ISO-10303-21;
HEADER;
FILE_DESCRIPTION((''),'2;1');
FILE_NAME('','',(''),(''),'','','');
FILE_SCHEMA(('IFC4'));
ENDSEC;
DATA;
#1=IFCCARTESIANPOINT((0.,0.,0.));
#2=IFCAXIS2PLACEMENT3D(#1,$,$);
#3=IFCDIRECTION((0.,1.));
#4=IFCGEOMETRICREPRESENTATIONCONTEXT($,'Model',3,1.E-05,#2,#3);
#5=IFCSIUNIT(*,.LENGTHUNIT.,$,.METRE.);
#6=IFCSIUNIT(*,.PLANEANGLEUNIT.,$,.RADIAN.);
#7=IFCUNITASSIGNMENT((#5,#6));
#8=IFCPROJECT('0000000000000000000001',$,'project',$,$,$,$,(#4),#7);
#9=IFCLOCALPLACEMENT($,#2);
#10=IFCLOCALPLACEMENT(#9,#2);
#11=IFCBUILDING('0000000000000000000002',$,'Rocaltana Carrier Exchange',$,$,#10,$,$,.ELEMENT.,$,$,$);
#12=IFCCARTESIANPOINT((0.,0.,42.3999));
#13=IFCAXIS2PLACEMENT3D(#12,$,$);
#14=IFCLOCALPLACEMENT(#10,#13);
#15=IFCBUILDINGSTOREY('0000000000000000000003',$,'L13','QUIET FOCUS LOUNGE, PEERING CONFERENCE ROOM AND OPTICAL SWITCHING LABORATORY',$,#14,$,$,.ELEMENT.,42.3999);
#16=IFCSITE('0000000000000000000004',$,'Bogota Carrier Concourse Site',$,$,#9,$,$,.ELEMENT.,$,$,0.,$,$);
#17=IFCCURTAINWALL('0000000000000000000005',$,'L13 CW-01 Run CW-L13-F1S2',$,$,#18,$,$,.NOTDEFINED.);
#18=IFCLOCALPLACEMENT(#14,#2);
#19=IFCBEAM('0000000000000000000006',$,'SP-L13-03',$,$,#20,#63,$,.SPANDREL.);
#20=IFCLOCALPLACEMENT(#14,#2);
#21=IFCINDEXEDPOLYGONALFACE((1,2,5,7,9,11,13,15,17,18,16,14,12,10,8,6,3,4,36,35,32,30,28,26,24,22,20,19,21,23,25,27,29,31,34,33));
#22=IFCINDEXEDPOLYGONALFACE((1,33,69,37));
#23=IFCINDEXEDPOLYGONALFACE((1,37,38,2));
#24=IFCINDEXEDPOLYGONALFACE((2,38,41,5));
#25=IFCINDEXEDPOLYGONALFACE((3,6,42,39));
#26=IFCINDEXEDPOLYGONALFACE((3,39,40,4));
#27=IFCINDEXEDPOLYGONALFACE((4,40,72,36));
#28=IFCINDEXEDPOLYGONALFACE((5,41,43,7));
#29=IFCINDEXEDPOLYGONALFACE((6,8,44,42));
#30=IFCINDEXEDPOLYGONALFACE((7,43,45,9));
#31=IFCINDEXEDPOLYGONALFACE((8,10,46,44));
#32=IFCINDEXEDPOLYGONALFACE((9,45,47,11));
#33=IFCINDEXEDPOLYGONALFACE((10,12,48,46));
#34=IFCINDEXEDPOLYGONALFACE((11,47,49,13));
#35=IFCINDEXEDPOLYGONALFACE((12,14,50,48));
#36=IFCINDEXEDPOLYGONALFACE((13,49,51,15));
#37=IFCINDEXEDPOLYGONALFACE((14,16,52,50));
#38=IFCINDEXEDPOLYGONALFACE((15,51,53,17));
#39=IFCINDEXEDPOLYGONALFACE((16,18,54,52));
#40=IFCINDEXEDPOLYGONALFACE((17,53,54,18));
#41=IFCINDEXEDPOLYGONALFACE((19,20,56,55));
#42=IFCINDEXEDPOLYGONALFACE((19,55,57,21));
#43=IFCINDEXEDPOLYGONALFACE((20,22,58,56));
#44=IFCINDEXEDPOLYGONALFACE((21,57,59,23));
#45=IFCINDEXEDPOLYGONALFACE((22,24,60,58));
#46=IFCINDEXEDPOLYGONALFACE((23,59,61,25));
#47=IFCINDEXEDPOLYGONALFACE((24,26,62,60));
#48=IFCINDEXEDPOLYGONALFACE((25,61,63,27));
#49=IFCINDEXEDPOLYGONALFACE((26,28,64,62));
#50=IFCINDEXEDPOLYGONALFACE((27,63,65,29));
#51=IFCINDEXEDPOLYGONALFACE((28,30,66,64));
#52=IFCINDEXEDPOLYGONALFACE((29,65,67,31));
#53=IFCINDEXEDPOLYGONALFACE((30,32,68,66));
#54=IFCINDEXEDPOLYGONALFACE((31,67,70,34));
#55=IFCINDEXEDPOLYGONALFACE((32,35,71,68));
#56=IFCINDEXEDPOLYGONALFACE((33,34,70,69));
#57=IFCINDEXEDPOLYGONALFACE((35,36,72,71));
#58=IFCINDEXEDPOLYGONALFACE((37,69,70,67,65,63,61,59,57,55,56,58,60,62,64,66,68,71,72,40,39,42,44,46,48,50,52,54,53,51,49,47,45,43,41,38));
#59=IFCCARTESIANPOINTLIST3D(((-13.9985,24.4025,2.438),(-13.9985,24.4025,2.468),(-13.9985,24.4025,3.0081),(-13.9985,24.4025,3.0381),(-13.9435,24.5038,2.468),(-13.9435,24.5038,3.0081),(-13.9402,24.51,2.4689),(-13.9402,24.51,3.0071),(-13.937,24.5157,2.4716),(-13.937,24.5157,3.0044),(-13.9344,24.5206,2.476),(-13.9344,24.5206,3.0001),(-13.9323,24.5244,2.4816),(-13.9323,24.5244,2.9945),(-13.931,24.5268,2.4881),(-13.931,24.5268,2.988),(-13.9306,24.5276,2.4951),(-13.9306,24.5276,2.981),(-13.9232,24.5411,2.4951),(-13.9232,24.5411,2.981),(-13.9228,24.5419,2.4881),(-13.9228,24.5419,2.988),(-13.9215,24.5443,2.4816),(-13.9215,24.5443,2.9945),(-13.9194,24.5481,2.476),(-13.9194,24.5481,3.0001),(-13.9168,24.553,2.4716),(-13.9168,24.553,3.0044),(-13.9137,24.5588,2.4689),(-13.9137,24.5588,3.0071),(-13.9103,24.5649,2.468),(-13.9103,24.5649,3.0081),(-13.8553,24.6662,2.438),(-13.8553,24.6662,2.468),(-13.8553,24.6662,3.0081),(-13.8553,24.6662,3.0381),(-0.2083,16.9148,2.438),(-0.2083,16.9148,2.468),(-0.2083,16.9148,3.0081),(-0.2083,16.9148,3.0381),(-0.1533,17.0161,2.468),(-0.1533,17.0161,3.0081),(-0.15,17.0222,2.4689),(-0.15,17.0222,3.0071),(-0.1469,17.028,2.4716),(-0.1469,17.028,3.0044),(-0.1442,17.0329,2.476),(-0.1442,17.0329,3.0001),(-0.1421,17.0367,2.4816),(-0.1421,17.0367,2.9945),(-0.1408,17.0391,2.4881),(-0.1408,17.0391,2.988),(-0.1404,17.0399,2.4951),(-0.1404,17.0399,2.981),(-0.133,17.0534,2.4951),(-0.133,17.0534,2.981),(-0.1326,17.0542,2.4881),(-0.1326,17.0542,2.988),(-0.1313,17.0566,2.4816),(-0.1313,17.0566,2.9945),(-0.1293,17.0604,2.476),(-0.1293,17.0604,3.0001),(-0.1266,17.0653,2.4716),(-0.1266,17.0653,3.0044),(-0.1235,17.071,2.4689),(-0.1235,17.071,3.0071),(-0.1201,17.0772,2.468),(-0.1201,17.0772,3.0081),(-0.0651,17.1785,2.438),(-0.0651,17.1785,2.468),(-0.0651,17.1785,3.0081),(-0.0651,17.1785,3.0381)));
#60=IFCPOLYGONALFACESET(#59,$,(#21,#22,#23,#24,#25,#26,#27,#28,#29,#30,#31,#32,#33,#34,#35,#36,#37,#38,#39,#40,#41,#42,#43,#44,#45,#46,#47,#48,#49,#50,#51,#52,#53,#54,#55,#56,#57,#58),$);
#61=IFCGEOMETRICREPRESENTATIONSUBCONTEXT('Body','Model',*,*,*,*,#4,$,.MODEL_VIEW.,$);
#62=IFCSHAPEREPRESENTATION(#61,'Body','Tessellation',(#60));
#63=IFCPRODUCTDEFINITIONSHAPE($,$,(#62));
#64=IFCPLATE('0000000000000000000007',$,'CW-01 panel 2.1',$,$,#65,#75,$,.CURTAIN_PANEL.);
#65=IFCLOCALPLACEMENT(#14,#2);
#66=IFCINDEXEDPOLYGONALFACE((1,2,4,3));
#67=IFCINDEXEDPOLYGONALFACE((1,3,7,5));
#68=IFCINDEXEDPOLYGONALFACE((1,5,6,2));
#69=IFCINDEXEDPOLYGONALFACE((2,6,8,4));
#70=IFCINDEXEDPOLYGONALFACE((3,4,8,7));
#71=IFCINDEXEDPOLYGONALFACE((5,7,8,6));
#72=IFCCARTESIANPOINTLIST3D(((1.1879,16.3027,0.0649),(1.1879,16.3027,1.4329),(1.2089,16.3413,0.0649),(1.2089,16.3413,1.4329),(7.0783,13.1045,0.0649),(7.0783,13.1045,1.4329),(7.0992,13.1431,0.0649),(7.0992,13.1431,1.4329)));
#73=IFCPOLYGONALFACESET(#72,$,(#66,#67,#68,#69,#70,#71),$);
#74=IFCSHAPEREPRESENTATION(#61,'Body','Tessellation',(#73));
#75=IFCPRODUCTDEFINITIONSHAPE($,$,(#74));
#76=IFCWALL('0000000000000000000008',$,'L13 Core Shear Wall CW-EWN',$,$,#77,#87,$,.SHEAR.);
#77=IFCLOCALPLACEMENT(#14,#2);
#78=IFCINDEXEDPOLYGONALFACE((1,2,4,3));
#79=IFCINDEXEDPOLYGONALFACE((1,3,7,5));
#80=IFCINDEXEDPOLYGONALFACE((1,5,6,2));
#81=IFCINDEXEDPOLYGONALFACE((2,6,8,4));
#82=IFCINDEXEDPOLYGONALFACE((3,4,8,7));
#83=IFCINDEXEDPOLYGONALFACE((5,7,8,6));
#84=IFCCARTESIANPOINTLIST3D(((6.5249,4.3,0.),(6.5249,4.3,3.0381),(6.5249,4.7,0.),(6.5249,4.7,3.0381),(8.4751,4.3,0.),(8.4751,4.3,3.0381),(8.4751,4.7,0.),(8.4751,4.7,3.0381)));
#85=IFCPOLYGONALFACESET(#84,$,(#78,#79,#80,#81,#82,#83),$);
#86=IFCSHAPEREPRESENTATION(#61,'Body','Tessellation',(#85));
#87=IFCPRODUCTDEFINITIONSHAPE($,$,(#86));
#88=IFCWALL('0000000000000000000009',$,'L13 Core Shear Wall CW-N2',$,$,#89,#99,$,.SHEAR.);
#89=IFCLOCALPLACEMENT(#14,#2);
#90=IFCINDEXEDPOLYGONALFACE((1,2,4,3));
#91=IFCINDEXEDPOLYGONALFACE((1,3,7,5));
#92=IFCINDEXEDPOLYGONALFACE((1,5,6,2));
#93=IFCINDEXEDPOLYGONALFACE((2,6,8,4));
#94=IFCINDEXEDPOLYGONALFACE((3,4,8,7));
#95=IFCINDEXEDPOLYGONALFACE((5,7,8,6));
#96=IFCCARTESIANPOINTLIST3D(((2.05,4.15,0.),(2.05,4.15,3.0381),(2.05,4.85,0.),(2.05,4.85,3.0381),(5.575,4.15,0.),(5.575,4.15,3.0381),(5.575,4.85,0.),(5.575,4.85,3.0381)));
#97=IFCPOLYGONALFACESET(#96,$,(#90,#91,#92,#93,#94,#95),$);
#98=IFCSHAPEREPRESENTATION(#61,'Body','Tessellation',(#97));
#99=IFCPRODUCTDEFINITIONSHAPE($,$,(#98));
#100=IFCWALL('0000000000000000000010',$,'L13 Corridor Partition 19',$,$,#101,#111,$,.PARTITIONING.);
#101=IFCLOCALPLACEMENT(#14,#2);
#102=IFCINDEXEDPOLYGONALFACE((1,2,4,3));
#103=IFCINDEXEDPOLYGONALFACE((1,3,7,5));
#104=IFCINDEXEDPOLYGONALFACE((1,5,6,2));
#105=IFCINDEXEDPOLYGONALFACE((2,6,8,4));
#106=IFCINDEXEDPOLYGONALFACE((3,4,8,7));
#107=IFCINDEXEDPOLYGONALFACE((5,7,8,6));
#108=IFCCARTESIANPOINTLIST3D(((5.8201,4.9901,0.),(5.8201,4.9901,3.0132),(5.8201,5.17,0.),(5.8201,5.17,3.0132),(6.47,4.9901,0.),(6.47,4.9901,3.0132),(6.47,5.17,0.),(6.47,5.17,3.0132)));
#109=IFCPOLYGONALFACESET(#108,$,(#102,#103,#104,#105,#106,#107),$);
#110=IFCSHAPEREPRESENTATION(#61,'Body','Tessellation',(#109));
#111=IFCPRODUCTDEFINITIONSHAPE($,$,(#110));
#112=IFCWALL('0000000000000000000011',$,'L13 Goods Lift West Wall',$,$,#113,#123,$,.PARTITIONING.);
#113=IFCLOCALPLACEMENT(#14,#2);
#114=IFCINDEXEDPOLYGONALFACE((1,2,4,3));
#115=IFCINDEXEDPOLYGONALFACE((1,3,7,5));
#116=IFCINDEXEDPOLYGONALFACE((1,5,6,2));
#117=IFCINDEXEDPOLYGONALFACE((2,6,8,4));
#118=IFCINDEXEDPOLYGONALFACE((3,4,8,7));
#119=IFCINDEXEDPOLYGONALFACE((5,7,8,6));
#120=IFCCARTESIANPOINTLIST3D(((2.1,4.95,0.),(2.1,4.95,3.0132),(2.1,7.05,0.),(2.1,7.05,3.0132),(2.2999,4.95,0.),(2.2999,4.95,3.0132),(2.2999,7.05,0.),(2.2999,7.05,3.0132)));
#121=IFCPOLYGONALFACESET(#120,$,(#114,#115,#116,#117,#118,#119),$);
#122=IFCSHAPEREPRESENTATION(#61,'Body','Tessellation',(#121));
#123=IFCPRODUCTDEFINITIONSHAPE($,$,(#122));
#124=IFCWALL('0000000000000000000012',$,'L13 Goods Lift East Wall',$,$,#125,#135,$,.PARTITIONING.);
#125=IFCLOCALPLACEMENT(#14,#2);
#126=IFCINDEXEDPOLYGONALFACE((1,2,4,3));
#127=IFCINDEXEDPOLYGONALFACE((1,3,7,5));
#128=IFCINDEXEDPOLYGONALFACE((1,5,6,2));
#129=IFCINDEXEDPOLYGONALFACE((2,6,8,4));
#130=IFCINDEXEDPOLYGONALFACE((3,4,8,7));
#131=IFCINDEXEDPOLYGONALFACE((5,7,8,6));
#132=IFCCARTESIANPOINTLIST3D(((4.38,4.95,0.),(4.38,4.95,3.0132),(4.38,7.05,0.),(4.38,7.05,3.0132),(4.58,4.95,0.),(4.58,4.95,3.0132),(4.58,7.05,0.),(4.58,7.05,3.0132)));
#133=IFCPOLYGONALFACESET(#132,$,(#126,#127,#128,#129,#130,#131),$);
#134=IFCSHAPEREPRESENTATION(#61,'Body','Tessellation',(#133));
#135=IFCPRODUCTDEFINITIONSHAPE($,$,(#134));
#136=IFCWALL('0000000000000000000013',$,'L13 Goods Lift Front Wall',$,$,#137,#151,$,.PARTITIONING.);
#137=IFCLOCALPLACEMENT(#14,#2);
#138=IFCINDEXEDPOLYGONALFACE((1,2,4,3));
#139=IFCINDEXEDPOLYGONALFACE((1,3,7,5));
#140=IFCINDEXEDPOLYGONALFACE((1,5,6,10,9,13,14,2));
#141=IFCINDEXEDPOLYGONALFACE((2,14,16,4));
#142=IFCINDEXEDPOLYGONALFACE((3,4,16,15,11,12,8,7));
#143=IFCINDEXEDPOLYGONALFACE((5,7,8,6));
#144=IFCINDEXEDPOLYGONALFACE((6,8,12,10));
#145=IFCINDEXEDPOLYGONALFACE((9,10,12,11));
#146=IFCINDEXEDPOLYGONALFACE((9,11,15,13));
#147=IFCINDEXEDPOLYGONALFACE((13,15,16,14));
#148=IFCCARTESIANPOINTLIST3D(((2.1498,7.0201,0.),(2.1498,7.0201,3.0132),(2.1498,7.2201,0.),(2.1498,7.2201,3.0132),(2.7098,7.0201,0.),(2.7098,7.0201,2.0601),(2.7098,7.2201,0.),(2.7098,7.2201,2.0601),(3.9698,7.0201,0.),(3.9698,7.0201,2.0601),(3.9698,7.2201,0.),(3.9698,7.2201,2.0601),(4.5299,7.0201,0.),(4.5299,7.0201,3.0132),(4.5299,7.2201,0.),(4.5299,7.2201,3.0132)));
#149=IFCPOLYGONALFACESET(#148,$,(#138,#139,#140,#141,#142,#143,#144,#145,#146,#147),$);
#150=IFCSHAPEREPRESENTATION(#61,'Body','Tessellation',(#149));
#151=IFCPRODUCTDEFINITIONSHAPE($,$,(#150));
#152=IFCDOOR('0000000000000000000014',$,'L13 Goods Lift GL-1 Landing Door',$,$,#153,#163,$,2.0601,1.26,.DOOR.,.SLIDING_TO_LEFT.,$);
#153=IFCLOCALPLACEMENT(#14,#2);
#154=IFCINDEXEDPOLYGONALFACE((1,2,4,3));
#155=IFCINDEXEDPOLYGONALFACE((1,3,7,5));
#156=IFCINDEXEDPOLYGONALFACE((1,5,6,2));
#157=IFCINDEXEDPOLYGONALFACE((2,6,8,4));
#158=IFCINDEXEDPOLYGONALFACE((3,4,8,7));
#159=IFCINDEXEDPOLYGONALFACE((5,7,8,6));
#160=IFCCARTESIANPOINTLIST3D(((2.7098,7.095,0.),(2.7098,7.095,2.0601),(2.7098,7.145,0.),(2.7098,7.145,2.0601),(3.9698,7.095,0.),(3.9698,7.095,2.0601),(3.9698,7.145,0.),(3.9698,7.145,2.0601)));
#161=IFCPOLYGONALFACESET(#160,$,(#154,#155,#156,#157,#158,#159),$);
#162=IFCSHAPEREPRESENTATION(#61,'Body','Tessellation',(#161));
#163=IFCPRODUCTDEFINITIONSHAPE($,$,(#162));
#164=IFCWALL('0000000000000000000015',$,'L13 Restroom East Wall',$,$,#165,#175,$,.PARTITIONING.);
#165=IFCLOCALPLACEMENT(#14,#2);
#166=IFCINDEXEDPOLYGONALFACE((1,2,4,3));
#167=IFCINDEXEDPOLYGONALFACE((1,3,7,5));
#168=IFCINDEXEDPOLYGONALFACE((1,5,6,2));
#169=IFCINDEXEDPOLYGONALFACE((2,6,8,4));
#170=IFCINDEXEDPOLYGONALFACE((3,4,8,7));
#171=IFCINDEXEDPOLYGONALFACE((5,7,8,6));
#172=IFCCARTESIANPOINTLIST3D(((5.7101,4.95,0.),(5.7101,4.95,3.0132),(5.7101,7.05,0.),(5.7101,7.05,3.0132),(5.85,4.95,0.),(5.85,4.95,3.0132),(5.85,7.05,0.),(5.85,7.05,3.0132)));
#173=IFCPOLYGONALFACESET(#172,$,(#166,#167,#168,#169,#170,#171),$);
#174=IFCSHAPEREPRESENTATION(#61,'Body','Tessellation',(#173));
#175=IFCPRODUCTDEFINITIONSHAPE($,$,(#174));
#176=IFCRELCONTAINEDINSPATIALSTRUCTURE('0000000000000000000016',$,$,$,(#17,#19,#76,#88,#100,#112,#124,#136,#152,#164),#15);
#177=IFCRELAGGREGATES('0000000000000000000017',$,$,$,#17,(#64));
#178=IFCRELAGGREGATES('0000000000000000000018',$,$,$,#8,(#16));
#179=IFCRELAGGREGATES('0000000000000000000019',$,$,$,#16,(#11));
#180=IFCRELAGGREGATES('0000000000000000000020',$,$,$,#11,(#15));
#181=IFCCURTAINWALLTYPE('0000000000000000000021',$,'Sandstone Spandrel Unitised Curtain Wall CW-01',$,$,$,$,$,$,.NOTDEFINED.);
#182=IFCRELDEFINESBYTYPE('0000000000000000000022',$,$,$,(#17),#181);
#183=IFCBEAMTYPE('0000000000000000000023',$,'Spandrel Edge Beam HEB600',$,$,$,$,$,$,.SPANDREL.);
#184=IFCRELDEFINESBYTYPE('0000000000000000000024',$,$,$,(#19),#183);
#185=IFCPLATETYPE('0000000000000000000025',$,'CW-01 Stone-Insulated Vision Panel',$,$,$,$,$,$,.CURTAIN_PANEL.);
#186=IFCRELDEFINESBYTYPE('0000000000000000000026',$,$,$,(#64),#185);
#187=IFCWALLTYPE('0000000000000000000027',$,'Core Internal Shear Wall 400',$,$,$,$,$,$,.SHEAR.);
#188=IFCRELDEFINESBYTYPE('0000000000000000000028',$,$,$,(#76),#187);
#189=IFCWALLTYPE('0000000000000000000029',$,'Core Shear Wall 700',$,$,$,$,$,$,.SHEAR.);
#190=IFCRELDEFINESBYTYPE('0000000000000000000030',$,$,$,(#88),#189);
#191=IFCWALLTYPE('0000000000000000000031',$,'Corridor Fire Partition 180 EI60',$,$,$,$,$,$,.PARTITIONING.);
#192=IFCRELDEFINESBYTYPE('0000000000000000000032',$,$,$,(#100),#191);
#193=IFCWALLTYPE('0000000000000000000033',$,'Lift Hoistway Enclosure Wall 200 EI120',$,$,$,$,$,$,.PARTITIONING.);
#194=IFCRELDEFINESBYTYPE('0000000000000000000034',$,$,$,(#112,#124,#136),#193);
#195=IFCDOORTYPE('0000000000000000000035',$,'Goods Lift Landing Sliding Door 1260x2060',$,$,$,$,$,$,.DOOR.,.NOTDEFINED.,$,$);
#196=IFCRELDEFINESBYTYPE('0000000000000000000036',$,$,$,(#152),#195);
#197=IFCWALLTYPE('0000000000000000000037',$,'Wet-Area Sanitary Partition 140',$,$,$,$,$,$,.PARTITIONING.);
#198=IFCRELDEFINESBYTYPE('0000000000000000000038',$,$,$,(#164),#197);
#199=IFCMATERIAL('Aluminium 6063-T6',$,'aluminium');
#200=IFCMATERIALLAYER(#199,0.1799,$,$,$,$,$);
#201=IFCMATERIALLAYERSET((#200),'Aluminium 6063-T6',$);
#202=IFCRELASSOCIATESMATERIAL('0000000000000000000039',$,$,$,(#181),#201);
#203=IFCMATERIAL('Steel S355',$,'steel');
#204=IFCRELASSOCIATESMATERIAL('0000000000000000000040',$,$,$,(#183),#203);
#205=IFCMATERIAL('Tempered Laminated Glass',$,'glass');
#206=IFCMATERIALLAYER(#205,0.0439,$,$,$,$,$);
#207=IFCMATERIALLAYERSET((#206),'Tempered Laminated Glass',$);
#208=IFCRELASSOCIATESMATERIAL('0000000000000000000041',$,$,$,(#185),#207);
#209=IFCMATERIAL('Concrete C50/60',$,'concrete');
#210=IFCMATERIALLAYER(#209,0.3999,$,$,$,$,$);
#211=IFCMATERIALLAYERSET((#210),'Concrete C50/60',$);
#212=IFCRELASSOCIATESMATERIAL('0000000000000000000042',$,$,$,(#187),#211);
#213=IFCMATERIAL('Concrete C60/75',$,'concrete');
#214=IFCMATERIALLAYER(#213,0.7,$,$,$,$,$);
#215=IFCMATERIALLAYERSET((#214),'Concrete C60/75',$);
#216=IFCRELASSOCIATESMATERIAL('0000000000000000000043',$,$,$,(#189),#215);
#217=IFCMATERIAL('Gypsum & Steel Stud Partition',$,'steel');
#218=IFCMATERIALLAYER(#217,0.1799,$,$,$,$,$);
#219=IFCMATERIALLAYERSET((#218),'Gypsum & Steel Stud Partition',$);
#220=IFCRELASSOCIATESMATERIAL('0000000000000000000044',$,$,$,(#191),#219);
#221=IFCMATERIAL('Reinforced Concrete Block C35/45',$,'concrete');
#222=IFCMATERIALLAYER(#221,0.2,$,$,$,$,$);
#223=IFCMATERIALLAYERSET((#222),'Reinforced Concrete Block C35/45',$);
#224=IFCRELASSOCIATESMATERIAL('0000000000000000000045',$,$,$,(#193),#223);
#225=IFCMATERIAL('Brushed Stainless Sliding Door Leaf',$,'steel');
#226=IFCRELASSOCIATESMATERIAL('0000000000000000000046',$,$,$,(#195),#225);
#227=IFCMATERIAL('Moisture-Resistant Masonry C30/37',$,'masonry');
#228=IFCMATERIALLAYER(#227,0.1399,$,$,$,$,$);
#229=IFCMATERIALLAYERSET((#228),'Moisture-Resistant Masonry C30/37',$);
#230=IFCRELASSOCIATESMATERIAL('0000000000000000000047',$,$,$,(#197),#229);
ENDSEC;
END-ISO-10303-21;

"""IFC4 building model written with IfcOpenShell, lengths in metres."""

from ifc_helpers import new_model, si_unit, direction, frame, frame_2d, origin, origin_2d, place, context, subcontext, project, spatial, rectangle, i_section, extrude, material, layer, layer_set, material_profile, profile_set, type_object, element, fill, aggregate, save


model = new_model("IFC4")

# Units and contexts
model_context = context("Model", 3, precision=1e-05, world=origin(), true_north=direction((0.0, 1.0)))
body_context = subcontext(model_context, "Body", "Model", "MODEL_VIEW")
ifc_project = project(units=[si_unit("LENGTHUNIT", "METRE"), si_unit("PLANEANGLEUNIT", "RADIAN")], contexts=[model_context])

# Site, building, storey
site_placement = place(None, origin())
site = spatial("IfcSite", under=ifc_project, at=site_placement, Name="Bogota Carrier Concourse Site", CompositionType="ELEMENT", RefElevation=0.0)
building_placement = place(site_placement, origin())
building = spatial("IfcBuilding", under=site, at=building_placement, Name="Rocaltana Carrier Exchange", CompositionType="ELEMENT")
storey_placement = place(building_placement, frame((0.0, 0.0, 42.3999)))
storey = spatial("IfcBuildingStorey", under=building, at=storey_placement, Name="L13", Description="QUIET FOCUS LOUNGE, PEERING CONFERENCE ROOM AND OPTICAL SWITCHING LABORATORY", CompositionType="ELEMENT", Elevation=42.3999)

# Curtain wall
ifc_material_1 = material(Name="Aluminium 6063-T6", Category="aluminium")
ifc_layer_1 = layer(ifc_material_1, 0.1799)
ifc_layer_set_1 = layer_set([ifc_layer_1], Name="Aluminium 6063-T6")
curtain_wall_type = type_object("IfcCurtainWallType", Name="Sandstone Spandrel Unitised Curtain Wall CW-01", PredefinedType="NOTDEFINED", material=ifc_layer_set_1)
curtain_wall_placement = place(storey_placement, origin())
curtain_wall = element("IfcCurtainWall", 1, at=curtain_wall_placement, inside=storey, type_object=curtain_wall_type, Name="L13 CW-01 Run CW-L13-F1S2", PredefinedType="NOTDEFINED")

# Beam
ifc_material_2 = material(Name="Steel S355", Category="steel")
ifc_material_profile_1 = material_profile(ifc_material_2, i_section(OverallWidth=0.3, OverallDepth=0.6001, WebThickness=0.0154, FlangeThickness=0.03, FilletRadius=0.0271, at=origin_2d()), Name="HEB600")
ifc_profile_set_1 = profile_set([ifc_material_profile_1], Name="Steel S355")
beam_type_1 = type_object("IfcBeamType", Name="Spandrel Edge Beam HEB600", PredefinedType="SPANDREL", material=ifc_profile_set_1)
beam_1_placement = place(storey_placement, frame((-0.1367, 17.0466, 2.738), z_axis=(-0.87881, 0.477173, 0.0), x_axis=(-0.477173, -0.87881, 0.0)))
element("IfcBeam", 2, at=beam_1_placement, inside=storey, type_object=beam_type_1, Name="SP-L13-03", PredefinedType="SPANDREL", context=body_context, shape_type="SweptSolid", body=[
    extrude(i_section(OverallWidth=0.3, OverallDepth=0.6001, WebThickness=0.0154, FlangeThickness=0.03, FilletRadius=0.0271, at=origin_2d()), origin(), (0.0, 0.0, 1.0), 15.6919),
])

# Plate
ifc_material_3 = material(Name="Tempered Laminated Glass", Category="glass")
ifc_layer_2 = layer(ifc_material_3, 0.0439)
ifc_layer_set_2 = layer_set([ifc_layer_2], Name="Tempered Laminated Glass")
plate_type = type_object("IfcPlateType", Name="CW-01 Stone-Insulated Vision Panel", PredefinedType="CURTAIN_PANEL", material=ifc_layer_set_2)
plate_placement = place(storey_placement, frame((4.1436, 14.7229, 0.0649), z_axis=(0.0, 0.0, 1.0), x_axis=(-0.878814, 0.477164, 0.0)))
plate = element("IfcPlate", 3, at=plate_placement, type_object=plate_type, Name="CW-01 panel 2.1", PredefinedType="CURTAIN_PANEL", context=body_context, shape_type="SweptSolid", body=[
    extrude(rectangle(XDim=6.7026, YDim=0.0439, at=origin_2d()), origin(), (0.0, 0.0, 1.0), 1.3679),
])
aggregate(curtain_wall, [plate])

# Walls
ifc_material_4 = material(Name="Concrete C50/60", Category="concrete")
ifc_layer_3 = layer(ifc_material_4, 0.3999)
ifc_layer_set_3 = layer_set([ifc_layer_3], Name="Concrete C50/60")
wall_type_1 = type_object("IfcWallType", Name="Core Internal Shear Wall 400", PredefinedType="SHEAR", material=ifc_layer_set_3)
wall_1_placement = place(storey_placement, frame((6.5249, 4.5, 0.0), z_axis=(0.0, 0.0, 1.0), x_axis=(1.0, 0.0, 0.0)))
element("IfcWall", 4, at=wall_1_placement, inside=storey, type_object=wall_type_1, Name="L13 Core Shear Wall CW-EWN", PredefinedType="SHEAR", context=body_context, shape_type="SweptSolid", body=[
    extrude(rectangle(XDim=1.9502, YDim=0.3999, at=frame_2d((0.9751, 0.0))), origin(), (0.0, 0.0, 1.0), 3.0381),
])
ifc_material_5 = material(Name="Concrete C60/75", Category="concrete")
ifc_layer_4 = layer(ifc_material_5, 0.7)
ifc_layer_set_4 = layer_set([ifc_layer_4], Name="Concrete C60/75")
wall_type_2 = type_object("IfcWallType", Name="Core Shear Wall 700", PredefinedType="SHEAR", material=ifc_layer_set_4)
wall_2_placement = place(storey_placement, frame((2.05, 4.5, 0.0), z_axis=(0.0, 0.0, 1.0), x_axis=(1.0, 0.0, 0.0)))
element("IfcWall", 5, at=wall_2_placement, inside=storey, type_object=wall_type_2, Name="L13 Core Shear Wall CW-N2", PredefinedType="SHEAR", context=body_context, shape_type="SweptSolid", body=[
    extrude(rectangle(XDim=3.5249, YDim=0.7, at=frame_2d((1.7625, 0.0))), origin(), (0.0, 0.0, 1.0), 3.0381),
])
ifc_material_6 = material(Name="Gypsum & Steel Stud Partition", Category="steel")
ifc_layer_5 = layer(ifc_material_6, 0.1799)
ifc_layer_set_5 = layer_set([ifc_layer_5], Name="Gypsum & Steel Stud Partition")
wall_type_3 = type_object("IfcWallType", Name="Corridor Fire Partition 180 EI60", PredefinedType="PARTITIONING", material=ifc_layer_set_5)
wall_3_placement = place(storey_placement, frame((6.47, 5.0801, 0.0), z_axis=(0.0, 0.0, 1.0), x_axis=(-1.0, 0.0, 0.0)))
element("IfcWall", 6, at=wall_3_placement, inside=storey, type_object=wall_type_3, Name="L13 Corridor Partition 19", PredefinedType="PARTITIONING", context=body_context, shape_type="SweptSolid", body=[
    extrude(rectangle(XDim=0.6499, YDim=0.1799, at=frame_2d((0.325, 0.0))), origin(), (0.0, 0.0, 1.0), 3.0132),
])
ifc_material_7 = material(Name="Reinforced Concrete Block C35/45", Category="concrete")
ifc_layer_6 = layer(ifc_material_7, 0.2)
ifc_layer_set_6 = layer_set([ifc_layer_6], Name="Reinforced Concrete Block C35/45")
wall_type_4 = type_object("IfcWallType", Name="Lift Hoistway Enclosure Wall 200 EI120", PredefinedType="PARTITIONING", material=ifc_layer_set_6)
for number, where, z_axis, x_axis, name in (
    (7, (2.2, 4.95, 0.0), (0.0, 0.0, 1.0), (0.0, 1.0, 0.0), "L13 Goods Lift West Wall"),
    (8, (4.48, 4.95, 0.0), (0.0, 0.0, 1.0), (0.0, 1.0, 0.0), "L13 Goods Lift East Wall"),
):
    element("IfcWall", number, at=place(storey_placement, frame(where, z_axis=z_axis, x_axis=x_axis)), inside=storey, type_object=wall_type_4, Name=name, PredefinedType="PARTITIONING", context=body_context, shape_type="SweptSolid", body=[
        extrude(rectangle(XDim=2.1001, YDim=0.2, at=frame_2d((1.05, 0.0))), origin(), (0.0, 0.0, 1.0), 3.0132),
    ])

# Wall, opening, door
wall_4_placement = place(storey_placement, frame((2.1499, 7.1201, 0.0), z_axis=(0.0, 0.0, 1.0), x_axis=(1.0, 0.0, 0.0)))
wall_4 = element("IfcWall", 9, at=wall_4_placement, inside=storey, type_object=wall_type_4, Name="L13 Goods Lift Front Wall", PredefinedType="PARTITIONING", context=body_context, shape_type="SweptSolid", body=[
    extrude(rectangle(XDim=2.3801, YDim=0.2, at=frame_2d((1.1899, 0.0))), origin(), (0.0, 0.0, 1.0), 3.0132),
])
opening_1_placement = place(wall_4_placement, frame((0.5601, 0.0, 0.0)))
opening_1 = element("IfcOpeningElement", 10, at=opening_1_placement, cuts=wall_4, PredefinedType="OPENING", context=body_context, shape_type="SweptSolid", body=[
    extrude(rectangle(XDim=1.26, YDim=2.0601, at=frame_2d((0.6299, 1.03))), frame((0.0, 0.1099, 0.0), z_axis=(0.0, -1.0, 0.0), x_axis=(1.0, 0.0, 0.0)), (0.0, 0.0, 1.0), 0.22),
])
ifc_material_8 = material(Name="Brushed Stainless Sliding Door Leaf", Category="steel")
door_type_1 = type_object("IfcDoorType", Name="Goods Lift Landing Sliding Door 1260x2060", OperationType="NOTDEFINED", PredefinedType="DOOR", material=ifc_material_8)
door_1_placement = place(opening_1_placement, origin())
door_1 = element("IfcDoor", 11, at=door_1_placement, inside=storey, type_object=door_type_1, Name="L13 Goods Lift GL-1 Landing Door", OperationType="SLIDING_TO_LEFT", OverallHeight=2.0601, OverallWidth=1.26, PredefinedType="DOOR", context=body_context, shape_type="SweptSolid", body=[
    extrude(rectangle(XDim=1.26, YDim=2.0601, at=frame_2d((0.6299, 1.03))), frame((0.0, 0.0249, 0.0), z_axis=(0.0, -1.0, 0.0), x_axis=(1.0, 0.0, 0.0)), (0.0, 0.0, 1.0), 0.05),
])
fill(opening_1, door_1)

# Wall
ifc_material_9 = material(Name="Moisture-Resistant Masonry C30/37", Category="masonry")
ifc_layer_7 = layer(ifc_material_9, 0.1399)
ifc_layer_set_7 = layer_set([ifc_layer_7], Name="Moisture-Resistant Masonry C30/37")
wall_type_5 = type_object("IfcWallType", Name="Wet-Area Sanitary Partition 140", PredefinedType="PARTITIONING", material=ifc_layer_set_7)
wall_5_placement = place(storey_placement, frame((5.78, 4.95, 0.0), z_axis=(0.0, 0.0, 1.0), x_axis=(0.0, 1.0, 0.0)))
element("IfcWall", 12, at=wall_5_placement, inside=storey, type_object=wall_type_5, Name="L13 Restroom East Wall", PredefinedType="PARTITIONING", context=body_context, shape_type="SweptSolid", body=[
    extrude(rectangle(XDim=2.1001, YDim=0.1399, at=frame_2d((1.05, 0.0))), origin(), (0.0, 0.0, 1.0), 3.0132),
])

save(model, "model.ifc")
